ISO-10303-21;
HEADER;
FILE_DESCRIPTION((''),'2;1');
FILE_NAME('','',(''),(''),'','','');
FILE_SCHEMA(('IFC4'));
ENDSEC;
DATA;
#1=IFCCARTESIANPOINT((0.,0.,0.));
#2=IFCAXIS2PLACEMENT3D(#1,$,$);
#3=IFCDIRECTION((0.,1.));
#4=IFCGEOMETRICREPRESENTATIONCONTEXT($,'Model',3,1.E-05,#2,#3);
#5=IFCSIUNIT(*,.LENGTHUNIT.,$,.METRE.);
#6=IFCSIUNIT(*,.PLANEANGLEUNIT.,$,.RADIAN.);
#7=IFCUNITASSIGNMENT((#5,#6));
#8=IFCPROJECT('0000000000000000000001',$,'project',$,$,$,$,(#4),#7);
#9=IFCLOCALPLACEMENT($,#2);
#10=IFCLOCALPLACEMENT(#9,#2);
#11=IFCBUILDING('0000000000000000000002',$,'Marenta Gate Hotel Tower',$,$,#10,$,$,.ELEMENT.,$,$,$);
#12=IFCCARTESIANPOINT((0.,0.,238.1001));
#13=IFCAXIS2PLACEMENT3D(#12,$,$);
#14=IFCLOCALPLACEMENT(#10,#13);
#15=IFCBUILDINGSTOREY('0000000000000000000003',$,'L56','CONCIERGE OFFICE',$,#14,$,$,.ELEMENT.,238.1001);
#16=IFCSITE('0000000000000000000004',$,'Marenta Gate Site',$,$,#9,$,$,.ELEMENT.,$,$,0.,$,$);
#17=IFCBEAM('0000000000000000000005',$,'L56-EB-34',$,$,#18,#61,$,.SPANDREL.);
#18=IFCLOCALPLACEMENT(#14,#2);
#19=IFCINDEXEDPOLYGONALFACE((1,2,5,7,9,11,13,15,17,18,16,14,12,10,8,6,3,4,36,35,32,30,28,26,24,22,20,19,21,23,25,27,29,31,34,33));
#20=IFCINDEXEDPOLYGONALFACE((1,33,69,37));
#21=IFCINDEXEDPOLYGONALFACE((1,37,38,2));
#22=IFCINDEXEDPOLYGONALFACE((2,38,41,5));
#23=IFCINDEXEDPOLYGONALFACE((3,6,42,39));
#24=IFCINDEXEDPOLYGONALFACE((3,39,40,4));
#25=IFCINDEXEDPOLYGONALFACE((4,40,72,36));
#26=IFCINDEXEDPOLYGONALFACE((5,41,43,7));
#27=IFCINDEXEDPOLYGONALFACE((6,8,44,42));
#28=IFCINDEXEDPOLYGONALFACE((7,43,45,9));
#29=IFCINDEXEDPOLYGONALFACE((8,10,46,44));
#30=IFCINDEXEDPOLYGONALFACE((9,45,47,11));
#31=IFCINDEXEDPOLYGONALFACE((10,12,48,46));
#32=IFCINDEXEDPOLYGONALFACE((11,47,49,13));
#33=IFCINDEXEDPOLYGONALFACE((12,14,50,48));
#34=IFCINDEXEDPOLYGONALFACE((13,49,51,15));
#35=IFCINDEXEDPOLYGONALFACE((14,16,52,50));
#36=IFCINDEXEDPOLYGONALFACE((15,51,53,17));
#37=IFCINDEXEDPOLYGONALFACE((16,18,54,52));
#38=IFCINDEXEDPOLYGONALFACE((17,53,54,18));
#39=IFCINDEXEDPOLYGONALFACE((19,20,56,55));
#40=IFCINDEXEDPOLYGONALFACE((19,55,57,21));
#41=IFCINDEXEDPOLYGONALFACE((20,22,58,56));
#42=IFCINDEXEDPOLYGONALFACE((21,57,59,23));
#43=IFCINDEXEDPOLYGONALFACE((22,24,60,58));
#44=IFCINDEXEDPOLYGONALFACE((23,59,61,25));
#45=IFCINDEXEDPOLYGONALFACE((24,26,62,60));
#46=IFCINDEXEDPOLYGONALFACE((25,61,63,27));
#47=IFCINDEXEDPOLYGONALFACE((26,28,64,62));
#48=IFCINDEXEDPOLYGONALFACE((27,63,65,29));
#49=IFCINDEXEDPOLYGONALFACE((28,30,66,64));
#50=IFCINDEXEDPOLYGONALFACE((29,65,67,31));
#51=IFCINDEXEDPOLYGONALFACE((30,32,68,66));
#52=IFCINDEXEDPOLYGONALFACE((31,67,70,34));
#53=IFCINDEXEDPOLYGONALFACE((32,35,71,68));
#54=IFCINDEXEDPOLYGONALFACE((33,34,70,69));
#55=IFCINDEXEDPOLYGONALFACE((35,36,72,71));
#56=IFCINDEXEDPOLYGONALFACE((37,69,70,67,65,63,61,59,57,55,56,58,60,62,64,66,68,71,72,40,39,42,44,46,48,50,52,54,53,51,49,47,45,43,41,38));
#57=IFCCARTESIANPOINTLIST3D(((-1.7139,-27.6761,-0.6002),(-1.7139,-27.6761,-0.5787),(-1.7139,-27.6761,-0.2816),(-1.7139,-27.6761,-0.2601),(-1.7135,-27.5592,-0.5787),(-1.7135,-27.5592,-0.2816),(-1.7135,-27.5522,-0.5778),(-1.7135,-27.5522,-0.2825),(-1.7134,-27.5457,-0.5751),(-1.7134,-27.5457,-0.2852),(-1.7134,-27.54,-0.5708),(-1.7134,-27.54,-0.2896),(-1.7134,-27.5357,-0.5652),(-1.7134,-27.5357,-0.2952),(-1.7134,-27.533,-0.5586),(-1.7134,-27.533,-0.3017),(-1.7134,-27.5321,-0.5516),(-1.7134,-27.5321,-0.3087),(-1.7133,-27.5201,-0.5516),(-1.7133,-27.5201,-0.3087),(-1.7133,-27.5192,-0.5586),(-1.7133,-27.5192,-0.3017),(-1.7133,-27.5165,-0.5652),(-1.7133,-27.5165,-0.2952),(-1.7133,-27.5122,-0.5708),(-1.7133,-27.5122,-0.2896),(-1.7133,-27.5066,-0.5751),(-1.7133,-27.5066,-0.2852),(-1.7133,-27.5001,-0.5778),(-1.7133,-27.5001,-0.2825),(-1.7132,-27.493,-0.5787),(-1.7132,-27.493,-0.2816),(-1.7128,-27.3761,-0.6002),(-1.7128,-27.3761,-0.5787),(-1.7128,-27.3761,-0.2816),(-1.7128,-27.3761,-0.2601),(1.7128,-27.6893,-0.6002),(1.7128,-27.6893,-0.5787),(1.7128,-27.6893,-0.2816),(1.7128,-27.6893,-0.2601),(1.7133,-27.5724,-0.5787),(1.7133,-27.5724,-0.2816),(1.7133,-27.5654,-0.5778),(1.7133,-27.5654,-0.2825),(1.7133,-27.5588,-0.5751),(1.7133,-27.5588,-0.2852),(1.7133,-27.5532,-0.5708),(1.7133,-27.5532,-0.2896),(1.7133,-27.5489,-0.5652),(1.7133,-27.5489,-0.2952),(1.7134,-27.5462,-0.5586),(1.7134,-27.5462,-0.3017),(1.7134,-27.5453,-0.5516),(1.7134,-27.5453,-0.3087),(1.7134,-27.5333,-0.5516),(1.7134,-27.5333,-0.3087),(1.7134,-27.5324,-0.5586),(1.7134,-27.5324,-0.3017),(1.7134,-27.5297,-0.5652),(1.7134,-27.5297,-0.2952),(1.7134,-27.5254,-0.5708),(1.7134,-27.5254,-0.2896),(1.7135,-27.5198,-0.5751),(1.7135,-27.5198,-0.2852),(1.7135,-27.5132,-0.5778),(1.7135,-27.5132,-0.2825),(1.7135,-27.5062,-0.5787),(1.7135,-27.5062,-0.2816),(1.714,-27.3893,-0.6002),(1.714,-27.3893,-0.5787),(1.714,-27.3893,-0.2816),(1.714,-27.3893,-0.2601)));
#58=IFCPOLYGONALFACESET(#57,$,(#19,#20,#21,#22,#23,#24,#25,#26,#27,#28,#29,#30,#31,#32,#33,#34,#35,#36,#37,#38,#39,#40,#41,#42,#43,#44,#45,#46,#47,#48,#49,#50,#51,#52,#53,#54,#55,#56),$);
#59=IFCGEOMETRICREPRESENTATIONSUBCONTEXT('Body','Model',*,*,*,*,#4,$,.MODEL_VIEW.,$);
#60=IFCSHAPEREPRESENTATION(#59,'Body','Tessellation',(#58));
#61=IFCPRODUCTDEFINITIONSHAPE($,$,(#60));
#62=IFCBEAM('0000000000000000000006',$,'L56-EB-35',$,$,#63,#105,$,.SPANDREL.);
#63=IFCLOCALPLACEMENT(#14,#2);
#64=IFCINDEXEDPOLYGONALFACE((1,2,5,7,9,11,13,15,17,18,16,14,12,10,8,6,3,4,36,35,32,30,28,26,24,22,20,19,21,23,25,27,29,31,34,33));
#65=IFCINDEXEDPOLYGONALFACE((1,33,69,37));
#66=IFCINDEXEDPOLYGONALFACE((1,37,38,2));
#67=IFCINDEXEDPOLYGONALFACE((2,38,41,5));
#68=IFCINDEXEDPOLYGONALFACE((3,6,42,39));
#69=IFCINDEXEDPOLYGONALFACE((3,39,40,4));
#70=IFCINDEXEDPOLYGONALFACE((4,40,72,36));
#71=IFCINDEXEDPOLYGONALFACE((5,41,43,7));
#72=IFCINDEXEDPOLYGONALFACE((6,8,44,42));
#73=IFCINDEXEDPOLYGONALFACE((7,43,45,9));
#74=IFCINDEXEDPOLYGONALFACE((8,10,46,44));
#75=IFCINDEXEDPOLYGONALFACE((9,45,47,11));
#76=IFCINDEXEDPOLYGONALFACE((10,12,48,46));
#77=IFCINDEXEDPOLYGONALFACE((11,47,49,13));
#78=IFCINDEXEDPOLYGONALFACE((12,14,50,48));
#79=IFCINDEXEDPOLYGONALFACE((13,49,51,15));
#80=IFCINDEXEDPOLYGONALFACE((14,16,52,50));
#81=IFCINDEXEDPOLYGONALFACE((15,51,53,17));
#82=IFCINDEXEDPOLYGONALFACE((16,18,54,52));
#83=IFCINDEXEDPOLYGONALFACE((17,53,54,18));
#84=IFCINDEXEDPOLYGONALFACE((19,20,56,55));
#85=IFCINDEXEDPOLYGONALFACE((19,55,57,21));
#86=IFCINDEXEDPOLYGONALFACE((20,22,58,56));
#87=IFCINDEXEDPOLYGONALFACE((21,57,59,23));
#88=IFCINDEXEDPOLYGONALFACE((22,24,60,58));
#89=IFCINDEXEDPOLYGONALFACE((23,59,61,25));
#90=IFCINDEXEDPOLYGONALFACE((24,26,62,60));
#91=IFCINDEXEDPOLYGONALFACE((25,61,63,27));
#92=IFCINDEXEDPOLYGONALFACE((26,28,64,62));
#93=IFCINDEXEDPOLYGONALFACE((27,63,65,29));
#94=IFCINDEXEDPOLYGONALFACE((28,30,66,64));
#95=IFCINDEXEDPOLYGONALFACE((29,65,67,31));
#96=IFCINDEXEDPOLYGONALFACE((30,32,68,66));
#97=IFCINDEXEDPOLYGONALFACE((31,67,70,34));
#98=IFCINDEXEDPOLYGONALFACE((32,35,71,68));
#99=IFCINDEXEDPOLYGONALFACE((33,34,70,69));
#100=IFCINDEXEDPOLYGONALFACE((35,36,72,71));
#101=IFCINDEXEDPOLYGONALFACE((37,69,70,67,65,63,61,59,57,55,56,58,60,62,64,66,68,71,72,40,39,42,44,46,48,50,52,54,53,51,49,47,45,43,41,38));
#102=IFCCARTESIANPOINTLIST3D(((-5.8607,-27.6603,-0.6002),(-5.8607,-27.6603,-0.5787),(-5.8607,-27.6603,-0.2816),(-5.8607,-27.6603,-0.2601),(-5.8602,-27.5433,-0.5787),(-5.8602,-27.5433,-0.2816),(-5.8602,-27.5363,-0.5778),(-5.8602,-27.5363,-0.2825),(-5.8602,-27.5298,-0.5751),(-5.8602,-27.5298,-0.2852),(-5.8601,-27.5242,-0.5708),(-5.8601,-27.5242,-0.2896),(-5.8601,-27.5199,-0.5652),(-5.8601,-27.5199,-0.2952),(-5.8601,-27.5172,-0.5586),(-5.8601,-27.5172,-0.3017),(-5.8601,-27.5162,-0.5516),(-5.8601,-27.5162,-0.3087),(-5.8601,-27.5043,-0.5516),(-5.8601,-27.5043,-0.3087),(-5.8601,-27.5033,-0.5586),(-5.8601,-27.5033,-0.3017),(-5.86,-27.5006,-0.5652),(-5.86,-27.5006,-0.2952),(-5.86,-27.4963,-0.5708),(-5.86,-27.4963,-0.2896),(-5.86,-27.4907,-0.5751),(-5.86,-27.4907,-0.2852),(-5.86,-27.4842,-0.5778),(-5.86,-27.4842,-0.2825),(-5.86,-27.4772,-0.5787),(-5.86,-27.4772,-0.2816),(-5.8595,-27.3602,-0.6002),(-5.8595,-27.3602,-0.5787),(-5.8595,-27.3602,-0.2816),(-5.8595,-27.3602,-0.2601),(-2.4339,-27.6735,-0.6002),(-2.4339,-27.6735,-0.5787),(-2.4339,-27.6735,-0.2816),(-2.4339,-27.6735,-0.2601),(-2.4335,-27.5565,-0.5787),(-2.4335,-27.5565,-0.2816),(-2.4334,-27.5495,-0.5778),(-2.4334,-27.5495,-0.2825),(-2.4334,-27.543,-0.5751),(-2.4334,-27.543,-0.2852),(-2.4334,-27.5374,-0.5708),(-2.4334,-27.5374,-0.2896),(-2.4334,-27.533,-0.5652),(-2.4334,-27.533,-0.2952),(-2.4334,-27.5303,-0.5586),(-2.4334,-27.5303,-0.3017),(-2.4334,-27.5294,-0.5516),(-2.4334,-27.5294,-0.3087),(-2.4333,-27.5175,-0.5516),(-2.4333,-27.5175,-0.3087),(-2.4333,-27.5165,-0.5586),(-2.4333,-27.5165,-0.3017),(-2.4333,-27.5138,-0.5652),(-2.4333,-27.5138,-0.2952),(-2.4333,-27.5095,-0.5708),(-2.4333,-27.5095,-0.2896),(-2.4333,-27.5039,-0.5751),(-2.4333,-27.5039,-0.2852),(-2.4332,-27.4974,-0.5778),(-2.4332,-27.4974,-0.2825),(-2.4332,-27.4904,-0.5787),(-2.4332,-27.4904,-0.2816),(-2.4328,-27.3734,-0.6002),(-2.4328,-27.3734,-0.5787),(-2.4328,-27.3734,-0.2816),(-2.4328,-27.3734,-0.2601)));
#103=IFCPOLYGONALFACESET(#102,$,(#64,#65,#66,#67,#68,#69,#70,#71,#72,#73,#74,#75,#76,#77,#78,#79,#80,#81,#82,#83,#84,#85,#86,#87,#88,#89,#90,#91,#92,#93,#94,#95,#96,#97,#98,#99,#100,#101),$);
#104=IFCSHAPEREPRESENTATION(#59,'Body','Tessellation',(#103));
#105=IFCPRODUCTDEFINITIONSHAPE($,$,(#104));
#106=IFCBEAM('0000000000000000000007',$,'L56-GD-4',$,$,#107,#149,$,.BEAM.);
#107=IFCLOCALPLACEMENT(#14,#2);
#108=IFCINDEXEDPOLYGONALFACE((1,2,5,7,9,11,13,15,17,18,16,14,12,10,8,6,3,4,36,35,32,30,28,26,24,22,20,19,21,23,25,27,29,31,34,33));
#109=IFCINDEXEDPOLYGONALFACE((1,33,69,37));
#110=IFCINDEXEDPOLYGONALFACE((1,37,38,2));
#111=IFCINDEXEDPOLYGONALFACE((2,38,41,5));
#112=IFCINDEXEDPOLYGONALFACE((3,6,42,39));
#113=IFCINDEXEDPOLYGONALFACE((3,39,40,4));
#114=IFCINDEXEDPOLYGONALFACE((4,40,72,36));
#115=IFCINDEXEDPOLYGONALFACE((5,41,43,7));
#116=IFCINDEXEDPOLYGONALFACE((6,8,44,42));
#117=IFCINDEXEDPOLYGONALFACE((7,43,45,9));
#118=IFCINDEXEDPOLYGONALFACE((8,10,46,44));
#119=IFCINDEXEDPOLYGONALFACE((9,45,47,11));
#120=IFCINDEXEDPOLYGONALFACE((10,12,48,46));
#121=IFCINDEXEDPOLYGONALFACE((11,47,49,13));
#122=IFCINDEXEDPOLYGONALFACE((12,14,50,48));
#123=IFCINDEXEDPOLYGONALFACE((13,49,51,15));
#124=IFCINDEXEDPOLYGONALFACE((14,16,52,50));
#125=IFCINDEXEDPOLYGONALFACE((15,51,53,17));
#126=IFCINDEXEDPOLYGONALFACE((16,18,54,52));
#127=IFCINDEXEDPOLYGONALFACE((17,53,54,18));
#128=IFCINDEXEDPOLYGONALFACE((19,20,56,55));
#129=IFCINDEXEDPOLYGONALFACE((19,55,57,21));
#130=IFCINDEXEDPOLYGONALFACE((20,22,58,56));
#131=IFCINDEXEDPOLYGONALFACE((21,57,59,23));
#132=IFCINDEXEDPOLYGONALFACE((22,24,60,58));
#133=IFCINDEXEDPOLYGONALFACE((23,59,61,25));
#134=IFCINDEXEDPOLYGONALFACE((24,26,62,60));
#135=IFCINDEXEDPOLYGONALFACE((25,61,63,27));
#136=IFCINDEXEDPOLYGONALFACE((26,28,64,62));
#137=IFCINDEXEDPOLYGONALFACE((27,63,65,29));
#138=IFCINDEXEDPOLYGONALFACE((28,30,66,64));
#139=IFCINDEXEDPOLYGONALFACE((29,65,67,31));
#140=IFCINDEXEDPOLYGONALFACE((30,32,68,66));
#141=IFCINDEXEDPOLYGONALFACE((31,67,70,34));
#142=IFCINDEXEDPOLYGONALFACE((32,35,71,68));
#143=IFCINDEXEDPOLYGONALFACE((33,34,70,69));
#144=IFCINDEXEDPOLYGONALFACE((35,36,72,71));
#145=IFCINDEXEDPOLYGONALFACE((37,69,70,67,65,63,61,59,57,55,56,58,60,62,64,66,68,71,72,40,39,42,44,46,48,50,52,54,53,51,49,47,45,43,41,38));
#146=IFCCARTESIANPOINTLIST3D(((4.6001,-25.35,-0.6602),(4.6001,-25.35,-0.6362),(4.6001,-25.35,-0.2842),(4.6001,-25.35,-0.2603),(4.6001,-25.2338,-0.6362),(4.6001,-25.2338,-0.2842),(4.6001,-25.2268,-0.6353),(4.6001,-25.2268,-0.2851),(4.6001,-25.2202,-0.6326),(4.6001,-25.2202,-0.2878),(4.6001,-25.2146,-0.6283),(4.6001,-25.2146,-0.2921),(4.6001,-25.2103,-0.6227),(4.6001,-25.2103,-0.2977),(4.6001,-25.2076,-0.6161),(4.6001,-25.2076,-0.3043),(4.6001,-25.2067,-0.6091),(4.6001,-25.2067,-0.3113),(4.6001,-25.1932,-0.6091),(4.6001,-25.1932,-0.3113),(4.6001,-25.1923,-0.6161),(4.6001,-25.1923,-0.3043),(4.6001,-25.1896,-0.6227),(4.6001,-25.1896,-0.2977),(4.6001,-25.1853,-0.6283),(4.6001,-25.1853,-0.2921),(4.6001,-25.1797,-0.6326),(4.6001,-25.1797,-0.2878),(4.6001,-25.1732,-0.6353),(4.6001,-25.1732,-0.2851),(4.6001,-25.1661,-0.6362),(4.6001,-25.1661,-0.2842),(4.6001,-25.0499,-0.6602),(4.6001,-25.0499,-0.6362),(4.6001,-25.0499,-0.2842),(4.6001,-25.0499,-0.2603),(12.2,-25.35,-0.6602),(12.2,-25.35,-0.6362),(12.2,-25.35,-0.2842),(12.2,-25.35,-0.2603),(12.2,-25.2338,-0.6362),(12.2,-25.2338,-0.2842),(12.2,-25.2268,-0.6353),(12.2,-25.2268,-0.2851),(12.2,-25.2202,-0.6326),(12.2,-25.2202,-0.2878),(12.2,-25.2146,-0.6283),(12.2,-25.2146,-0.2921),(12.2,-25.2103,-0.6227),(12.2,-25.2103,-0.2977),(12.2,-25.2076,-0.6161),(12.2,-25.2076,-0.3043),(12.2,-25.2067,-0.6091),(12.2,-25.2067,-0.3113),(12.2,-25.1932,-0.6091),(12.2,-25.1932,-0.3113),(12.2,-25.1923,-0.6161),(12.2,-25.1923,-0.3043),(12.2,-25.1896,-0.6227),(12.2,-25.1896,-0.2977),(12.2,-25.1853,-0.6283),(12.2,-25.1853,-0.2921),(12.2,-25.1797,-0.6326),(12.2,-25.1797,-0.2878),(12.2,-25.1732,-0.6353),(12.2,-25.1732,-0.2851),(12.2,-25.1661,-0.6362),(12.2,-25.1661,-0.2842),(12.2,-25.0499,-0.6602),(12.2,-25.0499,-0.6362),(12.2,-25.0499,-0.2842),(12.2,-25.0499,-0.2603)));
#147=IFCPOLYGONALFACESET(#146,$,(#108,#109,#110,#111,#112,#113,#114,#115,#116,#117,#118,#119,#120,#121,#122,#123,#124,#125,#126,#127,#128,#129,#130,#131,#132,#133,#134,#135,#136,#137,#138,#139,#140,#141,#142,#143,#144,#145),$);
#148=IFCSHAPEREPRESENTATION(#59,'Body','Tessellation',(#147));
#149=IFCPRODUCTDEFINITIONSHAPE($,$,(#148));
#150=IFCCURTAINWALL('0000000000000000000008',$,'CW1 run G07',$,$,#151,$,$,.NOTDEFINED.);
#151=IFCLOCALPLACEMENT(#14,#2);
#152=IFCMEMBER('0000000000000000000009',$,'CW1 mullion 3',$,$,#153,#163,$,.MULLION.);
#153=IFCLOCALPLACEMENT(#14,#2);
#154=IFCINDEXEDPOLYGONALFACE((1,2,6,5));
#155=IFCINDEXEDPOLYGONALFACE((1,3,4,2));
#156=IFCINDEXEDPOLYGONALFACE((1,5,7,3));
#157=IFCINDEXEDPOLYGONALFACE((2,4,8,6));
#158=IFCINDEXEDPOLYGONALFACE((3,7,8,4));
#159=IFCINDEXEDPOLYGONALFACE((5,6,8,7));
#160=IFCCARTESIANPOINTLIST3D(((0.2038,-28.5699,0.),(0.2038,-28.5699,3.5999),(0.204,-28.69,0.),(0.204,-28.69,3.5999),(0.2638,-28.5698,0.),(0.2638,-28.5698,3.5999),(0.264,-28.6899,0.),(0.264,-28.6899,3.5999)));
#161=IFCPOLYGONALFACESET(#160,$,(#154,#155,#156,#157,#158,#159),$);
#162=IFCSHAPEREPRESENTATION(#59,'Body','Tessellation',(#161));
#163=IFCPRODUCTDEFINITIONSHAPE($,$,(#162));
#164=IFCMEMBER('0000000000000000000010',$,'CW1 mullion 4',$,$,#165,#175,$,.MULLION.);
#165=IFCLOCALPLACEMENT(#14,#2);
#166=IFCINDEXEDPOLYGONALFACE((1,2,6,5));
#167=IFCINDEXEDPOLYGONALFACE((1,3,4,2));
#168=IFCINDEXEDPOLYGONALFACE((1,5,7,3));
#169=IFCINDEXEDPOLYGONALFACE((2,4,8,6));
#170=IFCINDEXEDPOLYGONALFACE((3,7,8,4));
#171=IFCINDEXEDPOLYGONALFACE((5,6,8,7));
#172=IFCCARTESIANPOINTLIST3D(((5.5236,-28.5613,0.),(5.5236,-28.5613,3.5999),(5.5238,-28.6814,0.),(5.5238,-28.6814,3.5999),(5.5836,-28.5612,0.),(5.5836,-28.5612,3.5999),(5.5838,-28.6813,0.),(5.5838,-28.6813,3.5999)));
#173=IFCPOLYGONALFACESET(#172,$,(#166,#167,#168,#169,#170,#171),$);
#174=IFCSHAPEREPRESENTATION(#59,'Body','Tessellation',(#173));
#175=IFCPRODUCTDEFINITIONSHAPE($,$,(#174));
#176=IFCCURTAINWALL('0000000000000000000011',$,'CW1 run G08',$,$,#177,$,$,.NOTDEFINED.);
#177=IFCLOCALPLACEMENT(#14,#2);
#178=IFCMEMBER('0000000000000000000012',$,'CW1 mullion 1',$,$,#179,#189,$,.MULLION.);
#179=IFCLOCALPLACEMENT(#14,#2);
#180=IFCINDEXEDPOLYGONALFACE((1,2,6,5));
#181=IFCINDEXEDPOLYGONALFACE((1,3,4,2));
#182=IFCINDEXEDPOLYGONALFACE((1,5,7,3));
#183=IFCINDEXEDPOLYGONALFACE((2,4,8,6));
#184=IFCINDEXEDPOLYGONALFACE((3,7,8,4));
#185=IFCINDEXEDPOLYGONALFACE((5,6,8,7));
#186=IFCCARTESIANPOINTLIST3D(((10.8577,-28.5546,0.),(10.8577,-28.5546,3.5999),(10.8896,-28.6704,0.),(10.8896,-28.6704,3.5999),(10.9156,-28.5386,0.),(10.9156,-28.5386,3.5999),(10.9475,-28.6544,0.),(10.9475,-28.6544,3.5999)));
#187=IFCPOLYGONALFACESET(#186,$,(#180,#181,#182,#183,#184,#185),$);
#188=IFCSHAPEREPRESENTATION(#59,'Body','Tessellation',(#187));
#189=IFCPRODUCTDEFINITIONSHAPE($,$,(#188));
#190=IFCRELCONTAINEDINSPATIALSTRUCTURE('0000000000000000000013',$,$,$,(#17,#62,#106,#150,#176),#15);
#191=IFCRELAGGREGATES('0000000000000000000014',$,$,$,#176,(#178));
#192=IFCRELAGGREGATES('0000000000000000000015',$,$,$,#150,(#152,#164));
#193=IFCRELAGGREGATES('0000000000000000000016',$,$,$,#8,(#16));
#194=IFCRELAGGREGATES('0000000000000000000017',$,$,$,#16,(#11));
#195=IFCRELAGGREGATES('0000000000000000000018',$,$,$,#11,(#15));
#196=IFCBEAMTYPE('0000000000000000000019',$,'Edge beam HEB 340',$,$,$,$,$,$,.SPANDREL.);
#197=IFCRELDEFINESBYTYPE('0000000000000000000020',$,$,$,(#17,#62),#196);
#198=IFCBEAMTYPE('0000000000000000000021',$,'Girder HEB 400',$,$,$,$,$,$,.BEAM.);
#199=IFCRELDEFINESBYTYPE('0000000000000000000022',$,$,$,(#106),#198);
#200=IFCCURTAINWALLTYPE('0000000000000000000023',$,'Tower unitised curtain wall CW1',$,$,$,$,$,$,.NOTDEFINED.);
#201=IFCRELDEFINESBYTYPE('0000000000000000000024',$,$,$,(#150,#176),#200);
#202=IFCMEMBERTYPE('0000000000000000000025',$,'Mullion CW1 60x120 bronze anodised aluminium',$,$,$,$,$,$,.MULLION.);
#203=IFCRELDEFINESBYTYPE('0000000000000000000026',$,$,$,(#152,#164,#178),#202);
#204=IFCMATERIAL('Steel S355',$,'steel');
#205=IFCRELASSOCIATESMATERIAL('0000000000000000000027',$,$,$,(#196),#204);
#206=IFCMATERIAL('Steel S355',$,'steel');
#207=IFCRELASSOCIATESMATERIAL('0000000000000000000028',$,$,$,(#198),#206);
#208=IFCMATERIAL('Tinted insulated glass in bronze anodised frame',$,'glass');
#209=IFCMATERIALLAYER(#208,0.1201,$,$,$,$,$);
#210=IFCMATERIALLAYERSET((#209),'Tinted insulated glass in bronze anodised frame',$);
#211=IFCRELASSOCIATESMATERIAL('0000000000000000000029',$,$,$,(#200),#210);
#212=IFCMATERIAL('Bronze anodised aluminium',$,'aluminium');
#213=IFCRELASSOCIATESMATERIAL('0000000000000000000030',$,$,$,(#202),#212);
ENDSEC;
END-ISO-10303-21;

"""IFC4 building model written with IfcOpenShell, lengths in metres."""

from ifc_helpers import new_model, si_unit, direction, frame, origin, origin_2d, place, context, subcontext, project, spatial, rectangle, i_section, extrude, material, layer, layer_set, material_profile, profile_set, type_object, element, aggregate, save


model = new_model("IFC4")

# Units and contexts
model_context = context("Model", 3, precision=1e-05, world=origin(), true_north=direction((0.0, 1.0)))
body_context = subcontext(model_context, "Body", "Model", "MODEL_VIEW")
ifc_project = project(units=[si_unit("LENGTHUNIT", "METRE"), si_unit("PLANEANGLEUNIT", "RADIAN")], contexts=[model_context])

# Site, building, storey
site_placement = place(None, origin())
site = spatial("IfcSite", under=ifc_project, at=site_placement, Name="Marenta Gate Site", CompositionType="ELEMENT", RefElevation=0.0)
building_placement = place(site_placement, origin())
building = spatial("IfcBuilding", under=site, at=building_placement, Name="Marenta Gate Hotel Tower", CompositionType="ELEMENT")
storey_placement = place(building_placement, frame((0.0, 0.0, 238.1001)))
storey = spatial("IfcBuildingStorey", under=building, at=storey_placement, Name="L56", Description="CONCIERGE OFFICE", CompositionType="ELEMENT", Elevation=238.1001)

# Beams
ifc_material_1 = material(Name="Steel S355", Category="steel")
ifc_material_profile_1 = material_profile(ifc_material_1, i_section(OverallWidth=0.3, OverallDepth=0.3401, WebThickness=0.012, FlangeThickness=0.0215, FilletRadius=0.0271, at=origin_2d()), Name="HEB 340")
ifc_profile_set_1 = profile_set([ifc_material_profile_1], Name="Steel S355")
beam_type_1 = type_object("IfcBeamType", Name="Edge beam HEB 340", PredefinedType="SPANDREL", material=ifc_profile_set_1)
for number, where, z_axis, x_axis, name in (
    (1, (1.7134, -27.5393, -0.4302), (-0.999993, 0.003847, 0.0), (-0.003847, -0.999993, 0.0), "L56-EB-34"),
    (2, (-2.4333, -27.5234, -0.4302), (-0.999993, 0.003847, 0.0), (-0.003847, -0.999993, 0.0), "L56-EB-35"),
):
    element("IfcBeam", number, at=place(storey_placement, frame(where, z_axis=z_axis, x_axis=x_axis)), inside=storey, type_object=beam_type_1, Name=name, PredefinedType="SPANDREL", context=body_context, shape_type="SweptSolid", body=[
        extrude(i_section(OverallWidth=0.3, OverallDepth=0.3401, WebThickness=0.012, FlangeThickness=0.0215, FilletRadius=0.0271, at=origin_2d()), origin(), (0.0, 0.0, 1.0), 3.4268),
    ])
ifc_material_2 = material(Name="Steel S355", Category="steel")
ifc_material_profile_2 = material_profile(ifc_material_2, i_section(OverallWidth=0.3, OverallDepth=0.3999, WebThickness=0.0134, FlangeThickness=0.0239, FilletRadius=0.0271, at=origin_2d()), Name="HEB 400")
ifc_profile_set_2 = profile_set([ifc_material_profile_2], Name="Steel S355")
beam_type_2 = type_object("IfcBeamType", Name="Girder HEB 400", PredefinedType="BEAM", material=ifc_profile_set_2)
beam_1_placement = place(storey_placement, frame((4.6001, -25.2, -0.4602), z_axis=(1.0, 0.0, 0.0), x_axis=(0.0, 1.0, 0.0)))
element("IfcBeam", 3, at=beam_1_placement, inside=storey, type_object=beam_type_2, Name="L56-GD-4", PredefinedType="BEAM", context=body_context, shape_type="SweptSolid", body=[
    extrude(i_section(OverallWidth=0.3, OverallDepth=0.3999, WebThickness=0.0134, FlangeThickness=0.0239, FilletRadius=0.0271, at=origin_2d()), origin(), (0.0, 0.0, 1.0), 7.5999),
])

# Curtain wall, members
ifc_material_3 = material(Name="Tinted insulated glass in bronze anodised frame", Category="glass")
ifc_layer_1 = layer(ifc_material_3, 0.1201)
ifc_layer_set_1 = layer_set([ifc_layer_1], Name="Tinted insulated glass in bronze anodised frame")
curtain_wall_type = type_object("IfcCurtainWallType", Name="Tower unitised curtain wall CW1", PredefinedType="NOTDEFINED", material=ifc_layer_set_1)
curtain_wall_1_placement = place(storey_placement, origin())
curtain_wall_1 = element("IfcCurtainWall", 4, at=curtain_wall_1_placement, inside=storey, type_object=curtain_wall_type, Name="CW1 run G07", PredefinedType="NOTDEFINED")
ifc_material_4 = material(Name="Bronze anodised aluminium", Category="aluminium")
ifc_material_profile_3 = material_profile(ifc_material_4, rectangle(XDim=0.1201, YDim=0.0601, at=origin_2d()), Name="Mullion CW1 60x120 bronze anodised aluminium")
ifc_profile_set_3 = profile_set([ifc_material_profile_3], Name="Bronze anodised aluminium")
member_type_1 = type_object("IfcMemberType", Name="Mullion CW1 60x120 bronze anodised aluminium", PredefinedType="MULLION", material=ifc_profile_set_3)
member_1_placement = place(storey_placement, frame((0.2339, -28.6299, 0.0), z_axis=(0.0, 0.0, 1.0), x_axis=(-0.001645, 0.999999, 0.0)))
member_1 = element("IfcMember", 5, at=member_1_placement, type_object=member_type_1, Name="CW1 mullion 3", PredefinedType="MULLION", context=body_context, shape_type="SweptSolid", body=[
    extrude(rectangle(XDim=0.1201, YDim=0.0601, at=origin_2d()), origin(), (0.0, 0.0, 1.0), 3.5999),
])
member_2_placement = place(storey_placement, frame((5.5537, -28.6213, 0.0), z_axis=(0.0, 0.0, 1.0), x_axis=(-0.001645, 0.999999, 0.0)))
member_2 = element("IfcMember", 6, at=member_2_placement, type_object=member_type_1, Name="CW1 mullion 4", PredefinedType="MULLION", context=body_context, shape_type="SweptSolid", body=[
    extrude(rectangle(XDim=0.1201, YDim=0.0601, at=origin_2d()), origin(), (0.0, 0.0, 1.0), 3.5999),
])

# Curtain wall, member
curtain_wall_2_placement = place(storey_placement, origin())
curtain_wall_2 = element("IfcCurtainWall", 7, at=curtain_wall_2_placement, inside=storey, type_object=curtain_wall_type, Name="CW1 run G08", PredefinedType="NOTDEFINED")
member_3_placement = place(storey_placement, frame((10.9026, -28.6045, 0.0), z_axis=(0.0, 0.0, 1.0), x_axis=(-0.265293, 0.964168, 0.0)))
member_3 = element("IfcMember", 8, at=member_3_placement, type_object=member_type_1, Name="CW1 mullion 1", PredefinedType="MULLION", context=body_context, shape_type="SweptSolid", body=[
    extrude(rectangle(XDim=0.1201, YDim=0.0601, at=origin_2d()), origin(), (0.0, 0.0, 1.0), 3.5999),
])

aggregate(curtain_wall_2, [member_3])

aggregate(curtain_wall_1, [member_1, member_2])

save(model, "model.ifc")
